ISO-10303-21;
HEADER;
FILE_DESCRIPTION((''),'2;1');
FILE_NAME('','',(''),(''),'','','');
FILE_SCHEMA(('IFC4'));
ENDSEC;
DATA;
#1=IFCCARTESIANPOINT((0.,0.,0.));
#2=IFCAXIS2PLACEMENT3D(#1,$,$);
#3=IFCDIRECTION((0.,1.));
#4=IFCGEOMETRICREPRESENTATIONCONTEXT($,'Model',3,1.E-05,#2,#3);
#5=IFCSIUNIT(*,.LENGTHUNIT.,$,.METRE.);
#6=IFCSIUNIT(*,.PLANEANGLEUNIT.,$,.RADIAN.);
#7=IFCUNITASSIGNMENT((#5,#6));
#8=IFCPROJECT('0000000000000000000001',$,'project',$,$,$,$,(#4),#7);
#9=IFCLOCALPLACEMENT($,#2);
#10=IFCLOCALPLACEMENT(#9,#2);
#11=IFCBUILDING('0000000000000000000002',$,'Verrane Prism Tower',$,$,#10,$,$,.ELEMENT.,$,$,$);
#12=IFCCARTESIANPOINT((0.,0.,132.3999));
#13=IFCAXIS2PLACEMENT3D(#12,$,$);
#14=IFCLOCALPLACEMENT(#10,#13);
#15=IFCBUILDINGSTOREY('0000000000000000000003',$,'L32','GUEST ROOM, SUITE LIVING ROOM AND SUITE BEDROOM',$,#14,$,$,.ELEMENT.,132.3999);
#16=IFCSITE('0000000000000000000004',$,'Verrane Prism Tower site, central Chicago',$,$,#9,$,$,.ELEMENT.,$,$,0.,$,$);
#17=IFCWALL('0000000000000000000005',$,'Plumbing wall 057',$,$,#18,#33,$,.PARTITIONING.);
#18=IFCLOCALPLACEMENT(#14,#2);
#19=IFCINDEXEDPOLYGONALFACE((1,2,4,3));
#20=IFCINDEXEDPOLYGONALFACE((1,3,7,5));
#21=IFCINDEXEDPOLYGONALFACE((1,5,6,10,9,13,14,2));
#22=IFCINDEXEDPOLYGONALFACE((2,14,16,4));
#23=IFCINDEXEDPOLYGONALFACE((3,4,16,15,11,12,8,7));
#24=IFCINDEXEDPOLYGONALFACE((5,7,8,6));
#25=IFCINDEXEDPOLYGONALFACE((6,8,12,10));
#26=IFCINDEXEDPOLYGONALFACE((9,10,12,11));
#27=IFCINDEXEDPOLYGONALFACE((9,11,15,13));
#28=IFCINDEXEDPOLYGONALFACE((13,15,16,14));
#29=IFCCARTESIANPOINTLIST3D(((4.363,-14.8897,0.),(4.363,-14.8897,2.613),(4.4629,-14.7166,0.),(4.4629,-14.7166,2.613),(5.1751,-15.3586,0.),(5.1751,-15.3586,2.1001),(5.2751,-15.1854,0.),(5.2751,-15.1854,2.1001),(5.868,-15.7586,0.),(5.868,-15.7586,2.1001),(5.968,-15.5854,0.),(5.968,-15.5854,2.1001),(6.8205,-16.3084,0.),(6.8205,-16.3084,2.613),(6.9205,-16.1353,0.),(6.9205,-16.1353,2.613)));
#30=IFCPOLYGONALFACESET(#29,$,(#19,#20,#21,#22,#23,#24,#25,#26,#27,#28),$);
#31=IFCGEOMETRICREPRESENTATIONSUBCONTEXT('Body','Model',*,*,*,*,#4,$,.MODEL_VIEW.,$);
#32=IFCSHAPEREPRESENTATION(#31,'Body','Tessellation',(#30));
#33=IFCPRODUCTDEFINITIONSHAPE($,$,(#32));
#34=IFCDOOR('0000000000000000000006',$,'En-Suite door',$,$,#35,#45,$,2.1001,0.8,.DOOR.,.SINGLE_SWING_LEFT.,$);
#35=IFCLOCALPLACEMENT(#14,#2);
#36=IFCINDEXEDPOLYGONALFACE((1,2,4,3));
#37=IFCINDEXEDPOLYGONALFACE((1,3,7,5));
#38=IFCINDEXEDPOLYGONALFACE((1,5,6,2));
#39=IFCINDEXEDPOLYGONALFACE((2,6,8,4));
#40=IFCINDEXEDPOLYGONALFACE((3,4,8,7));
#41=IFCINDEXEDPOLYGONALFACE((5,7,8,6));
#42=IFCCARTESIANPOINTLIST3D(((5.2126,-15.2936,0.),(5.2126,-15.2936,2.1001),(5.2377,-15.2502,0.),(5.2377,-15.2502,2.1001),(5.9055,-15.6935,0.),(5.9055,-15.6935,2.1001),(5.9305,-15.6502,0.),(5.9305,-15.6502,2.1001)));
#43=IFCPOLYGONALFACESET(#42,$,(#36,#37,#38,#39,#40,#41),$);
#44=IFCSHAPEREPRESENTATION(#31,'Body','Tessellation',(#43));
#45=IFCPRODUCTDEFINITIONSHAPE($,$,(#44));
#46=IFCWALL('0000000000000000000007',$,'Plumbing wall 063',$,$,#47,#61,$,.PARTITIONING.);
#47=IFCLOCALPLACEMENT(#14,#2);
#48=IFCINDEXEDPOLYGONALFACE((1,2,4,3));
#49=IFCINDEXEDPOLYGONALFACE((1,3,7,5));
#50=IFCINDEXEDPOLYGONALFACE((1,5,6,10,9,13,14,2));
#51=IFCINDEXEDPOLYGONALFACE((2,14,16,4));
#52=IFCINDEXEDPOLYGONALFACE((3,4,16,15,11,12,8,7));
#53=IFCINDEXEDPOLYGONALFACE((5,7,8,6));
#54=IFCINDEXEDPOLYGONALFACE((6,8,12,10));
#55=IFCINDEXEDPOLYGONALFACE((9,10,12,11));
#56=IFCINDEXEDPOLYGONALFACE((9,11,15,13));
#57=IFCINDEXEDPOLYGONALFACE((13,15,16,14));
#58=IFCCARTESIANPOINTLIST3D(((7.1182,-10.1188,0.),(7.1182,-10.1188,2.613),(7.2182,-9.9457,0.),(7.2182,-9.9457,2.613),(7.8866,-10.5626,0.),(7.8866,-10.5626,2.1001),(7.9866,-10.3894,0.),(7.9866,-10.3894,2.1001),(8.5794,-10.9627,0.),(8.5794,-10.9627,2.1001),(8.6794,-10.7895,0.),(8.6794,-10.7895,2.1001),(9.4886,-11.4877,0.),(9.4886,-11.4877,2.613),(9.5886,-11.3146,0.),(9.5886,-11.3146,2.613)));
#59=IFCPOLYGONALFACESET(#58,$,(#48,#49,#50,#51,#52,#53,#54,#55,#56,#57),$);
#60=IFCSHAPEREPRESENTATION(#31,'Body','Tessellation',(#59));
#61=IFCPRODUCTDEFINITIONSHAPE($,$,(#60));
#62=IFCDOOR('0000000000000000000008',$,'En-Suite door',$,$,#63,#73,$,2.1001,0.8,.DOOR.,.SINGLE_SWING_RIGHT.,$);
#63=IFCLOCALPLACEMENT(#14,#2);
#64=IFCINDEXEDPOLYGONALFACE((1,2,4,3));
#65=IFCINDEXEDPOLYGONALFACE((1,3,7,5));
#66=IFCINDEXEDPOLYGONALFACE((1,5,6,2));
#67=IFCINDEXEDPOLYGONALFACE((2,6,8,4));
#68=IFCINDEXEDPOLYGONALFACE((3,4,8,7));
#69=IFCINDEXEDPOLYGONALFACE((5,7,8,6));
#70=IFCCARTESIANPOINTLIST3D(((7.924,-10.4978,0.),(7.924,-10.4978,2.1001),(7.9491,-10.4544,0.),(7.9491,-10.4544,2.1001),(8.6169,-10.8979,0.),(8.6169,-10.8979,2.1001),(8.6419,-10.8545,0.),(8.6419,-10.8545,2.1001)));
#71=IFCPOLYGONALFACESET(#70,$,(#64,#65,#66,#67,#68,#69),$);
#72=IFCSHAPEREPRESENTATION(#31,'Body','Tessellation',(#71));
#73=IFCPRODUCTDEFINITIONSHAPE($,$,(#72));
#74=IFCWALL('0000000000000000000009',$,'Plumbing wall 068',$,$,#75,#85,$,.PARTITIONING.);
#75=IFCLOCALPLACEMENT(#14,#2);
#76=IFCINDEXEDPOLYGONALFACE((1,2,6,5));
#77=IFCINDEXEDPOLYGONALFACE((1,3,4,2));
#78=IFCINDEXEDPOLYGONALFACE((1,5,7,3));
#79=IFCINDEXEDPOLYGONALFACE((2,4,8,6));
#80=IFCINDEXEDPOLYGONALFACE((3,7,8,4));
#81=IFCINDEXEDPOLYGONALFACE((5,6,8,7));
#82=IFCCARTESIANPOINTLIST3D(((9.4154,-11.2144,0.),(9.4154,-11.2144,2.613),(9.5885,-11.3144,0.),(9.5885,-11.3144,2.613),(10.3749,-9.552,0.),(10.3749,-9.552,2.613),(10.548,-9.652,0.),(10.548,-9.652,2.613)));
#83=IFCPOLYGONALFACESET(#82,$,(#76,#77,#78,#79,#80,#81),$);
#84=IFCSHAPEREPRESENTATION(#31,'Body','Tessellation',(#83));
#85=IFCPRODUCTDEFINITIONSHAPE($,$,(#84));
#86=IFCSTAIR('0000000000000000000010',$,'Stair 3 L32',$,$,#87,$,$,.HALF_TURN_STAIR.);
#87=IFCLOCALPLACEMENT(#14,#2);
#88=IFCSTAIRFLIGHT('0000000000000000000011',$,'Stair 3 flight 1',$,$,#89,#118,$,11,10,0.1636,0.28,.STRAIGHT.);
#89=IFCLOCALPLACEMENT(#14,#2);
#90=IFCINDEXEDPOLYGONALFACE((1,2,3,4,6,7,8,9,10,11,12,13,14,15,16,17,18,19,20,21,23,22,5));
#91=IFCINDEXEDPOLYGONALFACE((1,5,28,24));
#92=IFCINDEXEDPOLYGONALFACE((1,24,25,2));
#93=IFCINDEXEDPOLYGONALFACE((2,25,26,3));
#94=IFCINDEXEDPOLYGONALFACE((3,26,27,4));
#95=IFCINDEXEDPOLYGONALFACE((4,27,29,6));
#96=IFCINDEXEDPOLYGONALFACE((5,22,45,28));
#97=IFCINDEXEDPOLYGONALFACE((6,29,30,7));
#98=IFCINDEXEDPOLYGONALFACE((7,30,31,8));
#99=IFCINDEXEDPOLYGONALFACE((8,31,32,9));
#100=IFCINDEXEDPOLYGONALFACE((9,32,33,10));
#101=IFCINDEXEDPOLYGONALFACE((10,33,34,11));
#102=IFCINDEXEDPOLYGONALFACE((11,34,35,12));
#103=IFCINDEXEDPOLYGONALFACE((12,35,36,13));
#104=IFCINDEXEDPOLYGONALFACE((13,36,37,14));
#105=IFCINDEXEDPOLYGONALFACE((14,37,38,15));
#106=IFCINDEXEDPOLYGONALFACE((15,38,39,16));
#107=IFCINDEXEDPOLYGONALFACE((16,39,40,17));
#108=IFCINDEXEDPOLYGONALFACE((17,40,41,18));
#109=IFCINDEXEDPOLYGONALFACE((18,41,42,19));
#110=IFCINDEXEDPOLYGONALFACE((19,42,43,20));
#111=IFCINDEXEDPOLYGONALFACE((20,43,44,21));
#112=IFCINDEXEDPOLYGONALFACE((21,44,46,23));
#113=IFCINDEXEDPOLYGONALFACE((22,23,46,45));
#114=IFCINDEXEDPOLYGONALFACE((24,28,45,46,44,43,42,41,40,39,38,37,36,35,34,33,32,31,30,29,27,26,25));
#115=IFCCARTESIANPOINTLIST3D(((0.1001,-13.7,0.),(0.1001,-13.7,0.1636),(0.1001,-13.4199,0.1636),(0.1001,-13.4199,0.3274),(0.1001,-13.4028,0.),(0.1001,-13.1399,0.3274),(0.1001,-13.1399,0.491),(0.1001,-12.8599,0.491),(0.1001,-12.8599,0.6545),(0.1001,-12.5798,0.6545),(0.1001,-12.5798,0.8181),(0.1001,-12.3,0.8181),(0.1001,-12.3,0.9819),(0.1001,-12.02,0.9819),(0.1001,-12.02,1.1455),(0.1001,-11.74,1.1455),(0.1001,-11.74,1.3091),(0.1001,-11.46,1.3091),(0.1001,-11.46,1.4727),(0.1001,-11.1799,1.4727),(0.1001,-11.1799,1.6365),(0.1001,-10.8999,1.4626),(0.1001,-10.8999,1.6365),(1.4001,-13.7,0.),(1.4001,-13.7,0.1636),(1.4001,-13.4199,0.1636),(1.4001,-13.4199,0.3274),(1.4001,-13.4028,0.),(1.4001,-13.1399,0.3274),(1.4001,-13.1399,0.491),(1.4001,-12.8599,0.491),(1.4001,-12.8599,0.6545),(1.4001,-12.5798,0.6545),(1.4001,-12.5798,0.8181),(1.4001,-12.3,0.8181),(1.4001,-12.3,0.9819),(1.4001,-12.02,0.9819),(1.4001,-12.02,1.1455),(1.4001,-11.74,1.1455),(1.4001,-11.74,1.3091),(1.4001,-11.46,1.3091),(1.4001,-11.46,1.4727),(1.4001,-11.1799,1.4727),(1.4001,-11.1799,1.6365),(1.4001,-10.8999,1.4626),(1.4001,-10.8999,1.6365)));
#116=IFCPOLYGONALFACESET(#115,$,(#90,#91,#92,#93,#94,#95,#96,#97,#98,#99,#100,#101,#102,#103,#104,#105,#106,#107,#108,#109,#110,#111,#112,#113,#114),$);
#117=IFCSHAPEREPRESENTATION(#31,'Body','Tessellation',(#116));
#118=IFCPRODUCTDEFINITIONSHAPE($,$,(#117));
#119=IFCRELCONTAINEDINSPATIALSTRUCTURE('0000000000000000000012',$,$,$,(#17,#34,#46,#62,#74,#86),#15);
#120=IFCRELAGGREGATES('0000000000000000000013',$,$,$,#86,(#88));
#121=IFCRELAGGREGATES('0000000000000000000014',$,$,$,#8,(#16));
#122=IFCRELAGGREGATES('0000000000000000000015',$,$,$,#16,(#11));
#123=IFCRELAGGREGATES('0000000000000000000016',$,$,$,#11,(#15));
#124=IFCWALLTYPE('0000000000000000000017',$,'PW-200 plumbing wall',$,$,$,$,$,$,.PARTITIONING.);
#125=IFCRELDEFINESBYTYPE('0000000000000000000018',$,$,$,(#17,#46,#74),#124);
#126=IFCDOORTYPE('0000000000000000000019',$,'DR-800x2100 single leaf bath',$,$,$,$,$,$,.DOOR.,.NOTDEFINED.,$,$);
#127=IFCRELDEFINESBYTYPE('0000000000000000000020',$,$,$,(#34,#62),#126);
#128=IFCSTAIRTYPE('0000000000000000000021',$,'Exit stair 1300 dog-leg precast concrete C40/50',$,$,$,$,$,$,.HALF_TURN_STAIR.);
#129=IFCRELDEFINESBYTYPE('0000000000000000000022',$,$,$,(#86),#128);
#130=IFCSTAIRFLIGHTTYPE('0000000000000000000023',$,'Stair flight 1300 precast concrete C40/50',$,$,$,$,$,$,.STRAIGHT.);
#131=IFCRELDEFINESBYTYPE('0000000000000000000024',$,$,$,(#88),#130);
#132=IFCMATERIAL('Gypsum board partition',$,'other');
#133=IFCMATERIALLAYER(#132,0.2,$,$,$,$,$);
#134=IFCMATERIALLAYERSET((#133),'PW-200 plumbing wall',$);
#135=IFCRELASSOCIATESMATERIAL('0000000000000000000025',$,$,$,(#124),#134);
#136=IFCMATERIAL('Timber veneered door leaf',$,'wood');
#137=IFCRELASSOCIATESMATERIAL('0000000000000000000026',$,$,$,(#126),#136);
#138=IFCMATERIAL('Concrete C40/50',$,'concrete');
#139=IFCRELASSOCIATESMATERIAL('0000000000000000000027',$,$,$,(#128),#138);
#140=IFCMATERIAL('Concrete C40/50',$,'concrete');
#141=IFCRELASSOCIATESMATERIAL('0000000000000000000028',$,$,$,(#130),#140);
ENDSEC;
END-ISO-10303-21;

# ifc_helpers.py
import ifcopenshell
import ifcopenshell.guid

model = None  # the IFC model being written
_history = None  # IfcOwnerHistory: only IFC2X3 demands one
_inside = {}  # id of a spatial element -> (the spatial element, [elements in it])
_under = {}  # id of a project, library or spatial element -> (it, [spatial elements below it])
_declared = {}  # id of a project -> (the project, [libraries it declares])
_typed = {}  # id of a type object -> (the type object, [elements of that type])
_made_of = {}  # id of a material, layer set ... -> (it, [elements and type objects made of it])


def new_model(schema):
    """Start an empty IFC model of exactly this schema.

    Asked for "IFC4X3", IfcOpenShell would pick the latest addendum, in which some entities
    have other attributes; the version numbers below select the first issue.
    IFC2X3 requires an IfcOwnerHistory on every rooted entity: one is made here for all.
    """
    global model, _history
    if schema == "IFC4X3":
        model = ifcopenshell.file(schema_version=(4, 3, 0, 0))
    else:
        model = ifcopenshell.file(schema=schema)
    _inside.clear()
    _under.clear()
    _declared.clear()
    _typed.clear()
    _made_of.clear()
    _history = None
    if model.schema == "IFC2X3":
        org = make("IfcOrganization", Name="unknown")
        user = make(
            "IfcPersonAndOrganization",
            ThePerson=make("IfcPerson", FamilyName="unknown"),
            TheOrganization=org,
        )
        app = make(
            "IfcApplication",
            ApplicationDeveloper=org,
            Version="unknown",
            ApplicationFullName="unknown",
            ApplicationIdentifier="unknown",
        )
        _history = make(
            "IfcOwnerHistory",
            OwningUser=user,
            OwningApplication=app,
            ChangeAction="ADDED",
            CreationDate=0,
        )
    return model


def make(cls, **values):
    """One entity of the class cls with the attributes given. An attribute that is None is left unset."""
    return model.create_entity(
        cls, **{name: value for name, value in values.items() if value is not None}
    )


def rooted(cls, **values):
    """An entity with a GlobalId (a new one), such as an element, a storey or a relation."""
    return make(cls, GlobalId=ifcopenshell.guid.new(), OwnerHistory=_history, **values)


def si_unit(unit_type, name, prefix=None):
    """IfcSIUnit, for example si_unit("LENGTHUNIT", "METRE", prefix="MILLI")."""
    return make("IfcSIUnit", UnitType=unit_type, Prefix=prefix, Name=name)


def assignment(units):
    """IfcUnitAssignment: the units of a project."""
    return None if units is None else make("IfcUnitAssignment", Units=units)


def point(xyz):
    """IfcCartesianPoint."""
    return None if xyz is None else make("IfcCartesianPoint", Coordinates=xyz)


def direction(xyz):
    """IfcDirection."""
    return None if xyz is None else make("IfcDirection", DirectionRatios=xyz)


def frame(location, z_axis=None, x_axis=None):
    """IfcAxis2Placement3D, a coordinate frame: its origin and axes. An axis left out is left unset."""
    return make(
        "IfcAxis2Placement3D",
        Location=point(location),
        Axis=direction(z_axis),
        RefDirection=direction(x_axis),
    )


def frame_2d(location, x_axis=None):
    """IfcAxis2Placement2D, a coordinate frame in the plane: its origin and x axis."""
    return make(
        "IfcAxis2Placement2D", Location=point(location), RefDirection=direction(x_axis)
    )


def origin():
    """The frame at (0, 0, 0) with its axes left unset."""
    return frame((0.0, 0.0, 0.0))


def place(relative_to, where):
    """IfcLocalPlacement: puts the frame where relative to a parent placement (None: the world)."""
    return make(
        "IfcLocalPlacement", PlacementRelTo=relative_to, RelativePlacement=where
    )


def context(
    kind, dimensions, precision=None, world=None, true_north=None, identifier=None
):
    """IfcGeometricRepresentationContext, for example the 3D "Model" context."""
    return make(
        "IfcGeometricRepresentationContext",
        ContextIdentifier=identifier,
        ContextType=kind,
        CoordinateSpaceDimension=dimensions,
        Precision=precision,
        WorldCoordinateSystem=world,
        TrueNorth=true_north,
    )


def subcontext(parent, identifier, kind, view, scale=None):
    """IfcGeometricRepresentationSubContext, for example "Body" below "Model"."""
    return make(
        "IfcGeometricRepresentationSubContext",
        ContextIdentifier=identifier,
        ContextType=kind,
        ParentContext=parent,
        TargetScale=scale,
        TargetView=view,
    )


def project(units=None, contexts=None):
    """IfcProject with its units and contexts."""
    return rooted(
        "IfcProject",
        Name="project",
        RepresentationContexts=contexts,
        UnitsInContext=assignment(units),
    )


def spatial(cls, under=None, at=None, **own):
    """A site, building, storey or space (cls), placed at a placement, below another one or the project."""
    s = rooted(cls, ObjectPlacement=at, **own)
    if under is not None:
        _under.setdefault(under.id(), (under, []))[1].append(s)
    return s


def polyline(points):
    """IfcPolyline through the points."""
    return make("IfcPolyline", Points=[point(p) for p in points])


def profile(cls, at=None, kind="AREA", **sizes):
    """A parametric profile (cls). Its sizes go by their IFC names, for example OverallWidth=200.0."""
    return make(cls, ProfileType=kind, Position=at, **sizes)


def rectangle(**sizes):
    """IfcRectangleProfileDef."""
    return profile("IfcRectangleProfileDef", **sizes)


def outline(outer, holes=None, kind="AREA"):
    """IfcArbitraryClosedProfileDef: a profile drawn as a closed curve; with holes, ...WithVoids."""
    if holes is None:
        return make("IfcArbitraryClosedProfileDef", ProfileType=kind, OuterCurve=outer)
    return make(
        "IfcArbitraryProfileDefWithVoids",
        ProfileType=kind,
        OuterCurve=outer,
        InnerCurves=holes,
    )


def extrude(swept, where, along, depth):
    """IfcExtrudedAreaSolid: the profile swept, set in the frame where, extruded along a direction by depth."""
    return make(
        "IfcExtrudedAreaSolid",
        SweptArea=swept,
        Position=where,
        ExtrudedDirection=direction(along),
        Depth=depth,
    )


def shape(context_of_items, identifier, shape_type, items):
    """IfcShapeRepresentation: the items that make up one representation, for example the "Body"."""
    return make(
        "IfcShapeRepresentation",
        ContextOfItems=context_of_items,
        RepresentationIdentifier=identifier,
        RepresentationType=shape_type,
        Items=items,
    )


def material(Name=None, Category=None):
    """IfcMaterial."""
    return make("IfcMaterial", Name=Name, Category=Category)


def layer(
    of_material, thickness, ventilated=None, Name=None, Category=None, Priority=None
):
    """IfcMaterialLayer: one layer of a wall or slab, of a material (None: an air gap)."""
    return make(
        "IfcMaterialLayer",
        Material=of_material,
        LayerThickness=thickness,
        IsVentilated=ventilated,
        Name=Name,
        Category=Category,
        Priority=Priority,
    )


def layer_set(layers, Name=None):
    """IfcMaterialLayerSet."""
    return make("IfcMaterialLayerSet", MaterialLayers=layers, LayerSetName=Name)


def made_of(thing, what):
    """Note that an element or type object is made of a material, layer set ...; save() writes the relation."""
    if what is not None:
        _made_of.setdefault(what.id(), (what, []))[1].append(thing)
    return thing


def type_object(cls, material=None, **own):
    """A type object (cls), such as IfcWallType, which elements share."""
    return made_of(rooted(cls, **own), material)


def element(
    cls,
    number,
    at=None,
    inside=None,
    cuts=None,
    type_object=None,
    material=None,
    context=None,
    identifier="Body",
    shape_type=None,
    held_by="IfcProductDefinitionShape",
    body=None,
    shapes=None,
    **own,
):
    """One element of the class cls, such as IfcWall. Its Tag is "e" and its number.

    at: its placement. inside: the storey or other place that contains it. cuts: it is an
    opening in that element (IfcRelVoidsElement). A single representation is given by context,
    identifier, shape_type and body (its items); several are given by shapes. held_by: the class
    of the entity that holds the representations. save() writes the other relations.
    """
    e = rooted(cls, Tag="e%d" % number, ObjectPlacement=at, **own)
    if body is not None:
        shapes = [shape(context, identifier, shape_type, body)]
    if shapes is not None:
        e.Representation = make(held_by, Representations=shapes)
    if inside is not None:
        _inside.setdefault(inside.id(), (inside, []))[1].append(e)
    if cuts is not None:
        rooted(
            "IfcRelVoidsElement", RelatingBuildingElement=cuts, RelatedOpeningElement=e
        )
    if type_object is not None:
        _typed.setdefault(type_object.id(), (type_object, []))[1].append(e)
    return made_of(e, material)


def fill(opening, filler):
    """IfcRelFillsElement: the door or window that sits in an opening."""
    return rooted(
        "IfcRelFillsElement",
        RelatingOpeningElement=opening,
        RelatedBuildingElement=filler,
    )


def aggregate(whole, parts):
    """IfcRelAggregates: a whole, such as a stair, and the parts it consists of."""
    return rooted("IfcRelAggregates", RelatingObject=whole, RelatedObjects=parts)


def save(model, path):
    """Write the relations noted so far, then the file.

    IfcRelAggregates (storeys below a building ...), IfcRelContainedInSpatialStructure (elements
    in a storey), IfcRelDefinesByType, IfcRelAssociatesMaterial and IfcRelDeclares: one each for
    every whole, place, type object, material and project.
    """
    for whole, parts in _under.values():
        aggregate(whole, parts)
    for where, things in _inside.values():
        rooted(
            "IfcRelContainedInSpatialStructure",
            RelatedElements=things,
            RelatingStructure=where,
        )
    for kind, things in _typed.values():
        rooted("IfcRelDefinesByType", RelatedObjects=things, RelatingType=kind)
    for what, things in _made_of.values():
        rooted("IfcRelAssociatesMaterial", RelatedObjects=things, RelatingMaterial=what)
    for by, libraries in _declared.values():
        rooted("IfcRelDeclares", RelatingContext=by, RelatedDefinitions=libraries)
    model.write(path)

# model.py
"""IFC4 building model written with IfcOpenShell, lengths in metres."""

from ifc_helpers import new_model, si_unit, direction, frame, frame_2d, origin, place, context, subcontext, project, spatial, polyline, rectangle, outline, extrude, material, layer, layer_set, type_object, element, fill, aggregate, save


model = new_model("IFC4")

# Units and contexts
model_context = context("Model", 3, precision=1e-05, world=origin(), true_north=direction((0.0, 1.0)))
body_context = subcontext(model_context, "Body", "Model", "MODEL_VIEW")
ifc_project = project(units=[si_unit("LENGTHUNIT", "METRE"), si_unit("PLANEANGLEUNIT", "RADIAN")], contexts=[model_context])

# Site, building, storey
site_placement = place(None, origin())
site = spatial("IfcSite", under=ifc_project, at=site_placement, Name="Verrane Prism Tower site, central Chicago", CompositionType="ELEMENT", RefElevation=0.0)
building_placement = place(site_placement, origin())
building = spatial("IfcBuilding", under=site, at=building_placement, Name="Verrane Prism Tower", CompositionType="ELEMENT")
storey_placement = place(building_placement, frame((0.0, 0.0, 132.3999)))
storey = spatial("IfcBuildingStorey", under=building, at=storey_placement, Name="L32", Description="GUEST ROOM, SUITE LIVING ROOM AND SUITE BEDROOM", CompositionType="ELEMENT", Elevation=132.3999)

# Walls, openings, doors
ifc_material_1 = material(Name="Gypsum board partition", Category="other")
ifc_layer_1 = layer(ifc_material_1, 0.2)
ifc_layer_set_1 = layer_set([ifc_layer_1], Name="PW-200 plumbing wall")
wall_type_1 = type_object("IfcWallType", Name="PW-200 plumbing wall", PredefinedType="PARTITIONING", material=ifc_layer_set_1)
wall_1_placement = place(storey_placement, frame((6.8706, -16.2219, 0.0), z_axis=(0.0, 0.0, 1.0), x_axis=(-0.866048, 0.499961, 0.0)))
wall_1 = element("IfcWall", 1, at=wall_1_placement, inside=storey, type_object=wall_type_1, Name="Plumbing wall 057", PredefinedType="PARTITIONING", context=body_context, shape_type="SweptSolid", body=[
    extrude(rectangle(XDim=2.8376, YDim=0.2, at=frame_2d((1.4189, 0.0))), origin(), (0.0, 0.0, 1.0), 2.613),
])
opening_1_placement = place(wall_1_placement, frame((1.1001, 0.0, 0.0)))
opening_1 = element("IfcOpeningElement", 2, at=opening_1_placement, cuts=wall_1, PredefinedType="OPENING", context=body_context, shape_type="SweptSolid", body=[
    extrude(rectangle(XDim=0.8, YDim=2.1001, at=frame_2d((0.3999, 1.05))), frame((0.0, 0.1099, 0.0), z_axis=(0.0, -1.0, 0.0), x_axis=(1.0, 0.0, 0.0)), (0.0, 0.0, 1.0), 0.22),
])
ifc_material_2 = material(Name="Timber veneered door leaf", Category="wood")
door_type_1 = type_object("IfcDoorType", Name="DR-800x2100 single leaf bath", OperationType="NOTDEFINED", PredefinedType="DOOR", material=ifc_material_2)
door_1_placement = place(opening_1_placement, origin())
door_1 = element("IfcDoor", 3, at=door_1_placement, inside=storey, type_object=door_type_1, Name="En-Suite door", OperationType="SINGLE_SWING_LEFT", OverallHeight=2.1001, OverallWidth=0.8, PredefinedType="DOOR", context=body_context, shape_type="SweptSolid", body=[
    extrude(rectangle(XDim=0.8, YDim=2.1001, at=frame_2d((0.3999, 1.05))), frame((0.0, 0.0249, 0.0), z_axis=(0.0, -1.0, 0.0), x_axis=(1.0, 0.0, 0.0)), (0.0, 0.0, 1.0), 0.05),
])
fill(opening_1, door_1)
wall_2_placement = place(storey_placement, frame((7.1682, -10.0322, 0.0), z_axis=(0.0, 0.0, 1.0), x_axis=(0.865967, -0.500101, 0.0)))
wall_2 = element("IfcWall", 4, at=wall_2_placement, inside=storey, type_object=wall_type_1, Name="Plumbing wall 063", PredefinedType="PARTITIONING", context=body_context, shape_type="SweptSolid", body=[
    extrude(rectangle(XDim=2.7373, YDim=0.2, at=frame_2d((1.3687, 0.0))), origin(), (0.0, 0.0, 1.0), 2.613),
])
opening_2_placement = place(wall_2_placement, frame((0.8875, 0.0, 0.0)))
opening_2 = element("IfcOpeningElement", 5, at=opening_2_placement, cuts=wall_2, PredefinedType="OPENING", context=body_context, shape_type="SweptSolid", body=[
    extrude(rectangle(XDim=0.8, YDim=2.1001, at=frame_2d((0.3999, 1.05))), frame((0.0, 0.1099, 0.0), z_axis=(0.0, -1.0, 0.0), x_axis=(1.0, 0.0, 0.0)), (0.0, 0.0, 1.0), 0.22),
])
door_2_placement = place(opening_2_placement, origin())
door_2 = element("IfcDoor", 6, at=door_2_placement, inside=storey, type_object=door_type_1, Name="En-Suite door", OperationType="SINGLE_SWING_RIGHT", OverallHeight=2.1001, OverallWidth=0.8, PredefinedType="DOOR", context=body_context, shape_type="SweptSolid", body=[
    extrude(rectangle(XDim=0.8, YDim=2.1001, at=frame_2d((0.3999, 1.05))), frame((0.0, 0.0249, 0.0), z_axis=(0.0, -1.0, 0.0), x_axis=(1.0, 0.0, 0.0)), (0.0, 0.0, 1.0), 0.05),
])
fill(opening_2, door_2)

# Wall
wall_3_placement = place(storey_placement, frame((9.502, -11.2644, 0.0), z_axis=(0.0, 0.0, 1.0), x_axis=(0.499888, 0.86609, 0.0)))
element("IfcWall", 7, at=wall_3_placement, inside=storey, type_object=wall_type_1, Name="Plumbing wall 068", PredefinedType="PARTITIONING", context=body_context, shape_type="SweptSolid", body=[
    extrude(rectangle(XDim=1.9194, YDim=0.2, at=frame_2d((0.9597, 0.0))), origin(), (0.0, 0.0, 1.0), 2.613),
])

# Stair, stair flight
ifc_material_3 = material(Name="Concrete C40/50", Category="concrete")
stair_type = type_object("IfcStairType", Name="Exit stair 1300 dog-leg precast concrete C40/50", PredefinedType="HALF_TURN_STAIR", material=ifc_material_3)
stair_placement = place(storey_placement, origin())
stair = element("IfcStair", 8, at=stair_placement, inside=storey, type_object=stair_type, Name="Stair 3 L32", PredefinedType="HALF_TURN_STAIR")
ifc_material_4 = material(Name="Concrete C40/50", Category="concrete")
stair_flight_type = type_object("IfcStairFlightType", Name="Stair flight 1300 precast concrete C40/50", PredefinedType="STRAIGHT", material=ifc_material_4)
stair_flight_placement = place(storey_placement, frame((0.75, -13.7, 0.0), z_axis=(0.0, 0.0, 1.0), x_axis=(0.0, 1.0, 0.0)))
stair_flight = element("IfcStairFlight", 9, at=stair_flight_placement, type_object=stair_flight_type, Name="Stair 3 flight 1", NumberOfRisers=11, NumberOfTreads=10, PredefinedType="STRAIGHT", RiserHeight=0.1636, TreadLength=0.28, context=body_context, shape_type="SweptSolid", body=[
    extrude(outline(polyline([(0.0, 0.0), (0.0, 0.1636), (0.28, 0.1636), (0.28, 0.3274), (0.5601, 0.3274), (0.5601, 0.491), (0.8401, 0.491), (0.8401, 0.6545), (1.1201, 0.6545), (1.1201, 0.8181), (1.3999, 0.8181), (1.3999, 0.9819), (1.6799, 0.9819), (1.6799, 1.1455), (1.96, 1.1455), (1.96, 1.3091), (2.24, 1.3091), (2.24, 1.4727), (2.52, 1.4727), (2.52, 1.6365), (2.8, 1.6365), (2.8, 1.8), (2.8, 1.4626), (0.2971, 0.0), (0.0, 0.0)])), frame((0.0, 0.6499, 0.0), z_axis=(0.0, -1.0, 0.0), x_axis=(1.0, 0.0, 0.0)), (0.0, 0.0, 1.0), 1.3),
])
aggregate(stair, [stair_flight])

save(model, "model.ifc")
